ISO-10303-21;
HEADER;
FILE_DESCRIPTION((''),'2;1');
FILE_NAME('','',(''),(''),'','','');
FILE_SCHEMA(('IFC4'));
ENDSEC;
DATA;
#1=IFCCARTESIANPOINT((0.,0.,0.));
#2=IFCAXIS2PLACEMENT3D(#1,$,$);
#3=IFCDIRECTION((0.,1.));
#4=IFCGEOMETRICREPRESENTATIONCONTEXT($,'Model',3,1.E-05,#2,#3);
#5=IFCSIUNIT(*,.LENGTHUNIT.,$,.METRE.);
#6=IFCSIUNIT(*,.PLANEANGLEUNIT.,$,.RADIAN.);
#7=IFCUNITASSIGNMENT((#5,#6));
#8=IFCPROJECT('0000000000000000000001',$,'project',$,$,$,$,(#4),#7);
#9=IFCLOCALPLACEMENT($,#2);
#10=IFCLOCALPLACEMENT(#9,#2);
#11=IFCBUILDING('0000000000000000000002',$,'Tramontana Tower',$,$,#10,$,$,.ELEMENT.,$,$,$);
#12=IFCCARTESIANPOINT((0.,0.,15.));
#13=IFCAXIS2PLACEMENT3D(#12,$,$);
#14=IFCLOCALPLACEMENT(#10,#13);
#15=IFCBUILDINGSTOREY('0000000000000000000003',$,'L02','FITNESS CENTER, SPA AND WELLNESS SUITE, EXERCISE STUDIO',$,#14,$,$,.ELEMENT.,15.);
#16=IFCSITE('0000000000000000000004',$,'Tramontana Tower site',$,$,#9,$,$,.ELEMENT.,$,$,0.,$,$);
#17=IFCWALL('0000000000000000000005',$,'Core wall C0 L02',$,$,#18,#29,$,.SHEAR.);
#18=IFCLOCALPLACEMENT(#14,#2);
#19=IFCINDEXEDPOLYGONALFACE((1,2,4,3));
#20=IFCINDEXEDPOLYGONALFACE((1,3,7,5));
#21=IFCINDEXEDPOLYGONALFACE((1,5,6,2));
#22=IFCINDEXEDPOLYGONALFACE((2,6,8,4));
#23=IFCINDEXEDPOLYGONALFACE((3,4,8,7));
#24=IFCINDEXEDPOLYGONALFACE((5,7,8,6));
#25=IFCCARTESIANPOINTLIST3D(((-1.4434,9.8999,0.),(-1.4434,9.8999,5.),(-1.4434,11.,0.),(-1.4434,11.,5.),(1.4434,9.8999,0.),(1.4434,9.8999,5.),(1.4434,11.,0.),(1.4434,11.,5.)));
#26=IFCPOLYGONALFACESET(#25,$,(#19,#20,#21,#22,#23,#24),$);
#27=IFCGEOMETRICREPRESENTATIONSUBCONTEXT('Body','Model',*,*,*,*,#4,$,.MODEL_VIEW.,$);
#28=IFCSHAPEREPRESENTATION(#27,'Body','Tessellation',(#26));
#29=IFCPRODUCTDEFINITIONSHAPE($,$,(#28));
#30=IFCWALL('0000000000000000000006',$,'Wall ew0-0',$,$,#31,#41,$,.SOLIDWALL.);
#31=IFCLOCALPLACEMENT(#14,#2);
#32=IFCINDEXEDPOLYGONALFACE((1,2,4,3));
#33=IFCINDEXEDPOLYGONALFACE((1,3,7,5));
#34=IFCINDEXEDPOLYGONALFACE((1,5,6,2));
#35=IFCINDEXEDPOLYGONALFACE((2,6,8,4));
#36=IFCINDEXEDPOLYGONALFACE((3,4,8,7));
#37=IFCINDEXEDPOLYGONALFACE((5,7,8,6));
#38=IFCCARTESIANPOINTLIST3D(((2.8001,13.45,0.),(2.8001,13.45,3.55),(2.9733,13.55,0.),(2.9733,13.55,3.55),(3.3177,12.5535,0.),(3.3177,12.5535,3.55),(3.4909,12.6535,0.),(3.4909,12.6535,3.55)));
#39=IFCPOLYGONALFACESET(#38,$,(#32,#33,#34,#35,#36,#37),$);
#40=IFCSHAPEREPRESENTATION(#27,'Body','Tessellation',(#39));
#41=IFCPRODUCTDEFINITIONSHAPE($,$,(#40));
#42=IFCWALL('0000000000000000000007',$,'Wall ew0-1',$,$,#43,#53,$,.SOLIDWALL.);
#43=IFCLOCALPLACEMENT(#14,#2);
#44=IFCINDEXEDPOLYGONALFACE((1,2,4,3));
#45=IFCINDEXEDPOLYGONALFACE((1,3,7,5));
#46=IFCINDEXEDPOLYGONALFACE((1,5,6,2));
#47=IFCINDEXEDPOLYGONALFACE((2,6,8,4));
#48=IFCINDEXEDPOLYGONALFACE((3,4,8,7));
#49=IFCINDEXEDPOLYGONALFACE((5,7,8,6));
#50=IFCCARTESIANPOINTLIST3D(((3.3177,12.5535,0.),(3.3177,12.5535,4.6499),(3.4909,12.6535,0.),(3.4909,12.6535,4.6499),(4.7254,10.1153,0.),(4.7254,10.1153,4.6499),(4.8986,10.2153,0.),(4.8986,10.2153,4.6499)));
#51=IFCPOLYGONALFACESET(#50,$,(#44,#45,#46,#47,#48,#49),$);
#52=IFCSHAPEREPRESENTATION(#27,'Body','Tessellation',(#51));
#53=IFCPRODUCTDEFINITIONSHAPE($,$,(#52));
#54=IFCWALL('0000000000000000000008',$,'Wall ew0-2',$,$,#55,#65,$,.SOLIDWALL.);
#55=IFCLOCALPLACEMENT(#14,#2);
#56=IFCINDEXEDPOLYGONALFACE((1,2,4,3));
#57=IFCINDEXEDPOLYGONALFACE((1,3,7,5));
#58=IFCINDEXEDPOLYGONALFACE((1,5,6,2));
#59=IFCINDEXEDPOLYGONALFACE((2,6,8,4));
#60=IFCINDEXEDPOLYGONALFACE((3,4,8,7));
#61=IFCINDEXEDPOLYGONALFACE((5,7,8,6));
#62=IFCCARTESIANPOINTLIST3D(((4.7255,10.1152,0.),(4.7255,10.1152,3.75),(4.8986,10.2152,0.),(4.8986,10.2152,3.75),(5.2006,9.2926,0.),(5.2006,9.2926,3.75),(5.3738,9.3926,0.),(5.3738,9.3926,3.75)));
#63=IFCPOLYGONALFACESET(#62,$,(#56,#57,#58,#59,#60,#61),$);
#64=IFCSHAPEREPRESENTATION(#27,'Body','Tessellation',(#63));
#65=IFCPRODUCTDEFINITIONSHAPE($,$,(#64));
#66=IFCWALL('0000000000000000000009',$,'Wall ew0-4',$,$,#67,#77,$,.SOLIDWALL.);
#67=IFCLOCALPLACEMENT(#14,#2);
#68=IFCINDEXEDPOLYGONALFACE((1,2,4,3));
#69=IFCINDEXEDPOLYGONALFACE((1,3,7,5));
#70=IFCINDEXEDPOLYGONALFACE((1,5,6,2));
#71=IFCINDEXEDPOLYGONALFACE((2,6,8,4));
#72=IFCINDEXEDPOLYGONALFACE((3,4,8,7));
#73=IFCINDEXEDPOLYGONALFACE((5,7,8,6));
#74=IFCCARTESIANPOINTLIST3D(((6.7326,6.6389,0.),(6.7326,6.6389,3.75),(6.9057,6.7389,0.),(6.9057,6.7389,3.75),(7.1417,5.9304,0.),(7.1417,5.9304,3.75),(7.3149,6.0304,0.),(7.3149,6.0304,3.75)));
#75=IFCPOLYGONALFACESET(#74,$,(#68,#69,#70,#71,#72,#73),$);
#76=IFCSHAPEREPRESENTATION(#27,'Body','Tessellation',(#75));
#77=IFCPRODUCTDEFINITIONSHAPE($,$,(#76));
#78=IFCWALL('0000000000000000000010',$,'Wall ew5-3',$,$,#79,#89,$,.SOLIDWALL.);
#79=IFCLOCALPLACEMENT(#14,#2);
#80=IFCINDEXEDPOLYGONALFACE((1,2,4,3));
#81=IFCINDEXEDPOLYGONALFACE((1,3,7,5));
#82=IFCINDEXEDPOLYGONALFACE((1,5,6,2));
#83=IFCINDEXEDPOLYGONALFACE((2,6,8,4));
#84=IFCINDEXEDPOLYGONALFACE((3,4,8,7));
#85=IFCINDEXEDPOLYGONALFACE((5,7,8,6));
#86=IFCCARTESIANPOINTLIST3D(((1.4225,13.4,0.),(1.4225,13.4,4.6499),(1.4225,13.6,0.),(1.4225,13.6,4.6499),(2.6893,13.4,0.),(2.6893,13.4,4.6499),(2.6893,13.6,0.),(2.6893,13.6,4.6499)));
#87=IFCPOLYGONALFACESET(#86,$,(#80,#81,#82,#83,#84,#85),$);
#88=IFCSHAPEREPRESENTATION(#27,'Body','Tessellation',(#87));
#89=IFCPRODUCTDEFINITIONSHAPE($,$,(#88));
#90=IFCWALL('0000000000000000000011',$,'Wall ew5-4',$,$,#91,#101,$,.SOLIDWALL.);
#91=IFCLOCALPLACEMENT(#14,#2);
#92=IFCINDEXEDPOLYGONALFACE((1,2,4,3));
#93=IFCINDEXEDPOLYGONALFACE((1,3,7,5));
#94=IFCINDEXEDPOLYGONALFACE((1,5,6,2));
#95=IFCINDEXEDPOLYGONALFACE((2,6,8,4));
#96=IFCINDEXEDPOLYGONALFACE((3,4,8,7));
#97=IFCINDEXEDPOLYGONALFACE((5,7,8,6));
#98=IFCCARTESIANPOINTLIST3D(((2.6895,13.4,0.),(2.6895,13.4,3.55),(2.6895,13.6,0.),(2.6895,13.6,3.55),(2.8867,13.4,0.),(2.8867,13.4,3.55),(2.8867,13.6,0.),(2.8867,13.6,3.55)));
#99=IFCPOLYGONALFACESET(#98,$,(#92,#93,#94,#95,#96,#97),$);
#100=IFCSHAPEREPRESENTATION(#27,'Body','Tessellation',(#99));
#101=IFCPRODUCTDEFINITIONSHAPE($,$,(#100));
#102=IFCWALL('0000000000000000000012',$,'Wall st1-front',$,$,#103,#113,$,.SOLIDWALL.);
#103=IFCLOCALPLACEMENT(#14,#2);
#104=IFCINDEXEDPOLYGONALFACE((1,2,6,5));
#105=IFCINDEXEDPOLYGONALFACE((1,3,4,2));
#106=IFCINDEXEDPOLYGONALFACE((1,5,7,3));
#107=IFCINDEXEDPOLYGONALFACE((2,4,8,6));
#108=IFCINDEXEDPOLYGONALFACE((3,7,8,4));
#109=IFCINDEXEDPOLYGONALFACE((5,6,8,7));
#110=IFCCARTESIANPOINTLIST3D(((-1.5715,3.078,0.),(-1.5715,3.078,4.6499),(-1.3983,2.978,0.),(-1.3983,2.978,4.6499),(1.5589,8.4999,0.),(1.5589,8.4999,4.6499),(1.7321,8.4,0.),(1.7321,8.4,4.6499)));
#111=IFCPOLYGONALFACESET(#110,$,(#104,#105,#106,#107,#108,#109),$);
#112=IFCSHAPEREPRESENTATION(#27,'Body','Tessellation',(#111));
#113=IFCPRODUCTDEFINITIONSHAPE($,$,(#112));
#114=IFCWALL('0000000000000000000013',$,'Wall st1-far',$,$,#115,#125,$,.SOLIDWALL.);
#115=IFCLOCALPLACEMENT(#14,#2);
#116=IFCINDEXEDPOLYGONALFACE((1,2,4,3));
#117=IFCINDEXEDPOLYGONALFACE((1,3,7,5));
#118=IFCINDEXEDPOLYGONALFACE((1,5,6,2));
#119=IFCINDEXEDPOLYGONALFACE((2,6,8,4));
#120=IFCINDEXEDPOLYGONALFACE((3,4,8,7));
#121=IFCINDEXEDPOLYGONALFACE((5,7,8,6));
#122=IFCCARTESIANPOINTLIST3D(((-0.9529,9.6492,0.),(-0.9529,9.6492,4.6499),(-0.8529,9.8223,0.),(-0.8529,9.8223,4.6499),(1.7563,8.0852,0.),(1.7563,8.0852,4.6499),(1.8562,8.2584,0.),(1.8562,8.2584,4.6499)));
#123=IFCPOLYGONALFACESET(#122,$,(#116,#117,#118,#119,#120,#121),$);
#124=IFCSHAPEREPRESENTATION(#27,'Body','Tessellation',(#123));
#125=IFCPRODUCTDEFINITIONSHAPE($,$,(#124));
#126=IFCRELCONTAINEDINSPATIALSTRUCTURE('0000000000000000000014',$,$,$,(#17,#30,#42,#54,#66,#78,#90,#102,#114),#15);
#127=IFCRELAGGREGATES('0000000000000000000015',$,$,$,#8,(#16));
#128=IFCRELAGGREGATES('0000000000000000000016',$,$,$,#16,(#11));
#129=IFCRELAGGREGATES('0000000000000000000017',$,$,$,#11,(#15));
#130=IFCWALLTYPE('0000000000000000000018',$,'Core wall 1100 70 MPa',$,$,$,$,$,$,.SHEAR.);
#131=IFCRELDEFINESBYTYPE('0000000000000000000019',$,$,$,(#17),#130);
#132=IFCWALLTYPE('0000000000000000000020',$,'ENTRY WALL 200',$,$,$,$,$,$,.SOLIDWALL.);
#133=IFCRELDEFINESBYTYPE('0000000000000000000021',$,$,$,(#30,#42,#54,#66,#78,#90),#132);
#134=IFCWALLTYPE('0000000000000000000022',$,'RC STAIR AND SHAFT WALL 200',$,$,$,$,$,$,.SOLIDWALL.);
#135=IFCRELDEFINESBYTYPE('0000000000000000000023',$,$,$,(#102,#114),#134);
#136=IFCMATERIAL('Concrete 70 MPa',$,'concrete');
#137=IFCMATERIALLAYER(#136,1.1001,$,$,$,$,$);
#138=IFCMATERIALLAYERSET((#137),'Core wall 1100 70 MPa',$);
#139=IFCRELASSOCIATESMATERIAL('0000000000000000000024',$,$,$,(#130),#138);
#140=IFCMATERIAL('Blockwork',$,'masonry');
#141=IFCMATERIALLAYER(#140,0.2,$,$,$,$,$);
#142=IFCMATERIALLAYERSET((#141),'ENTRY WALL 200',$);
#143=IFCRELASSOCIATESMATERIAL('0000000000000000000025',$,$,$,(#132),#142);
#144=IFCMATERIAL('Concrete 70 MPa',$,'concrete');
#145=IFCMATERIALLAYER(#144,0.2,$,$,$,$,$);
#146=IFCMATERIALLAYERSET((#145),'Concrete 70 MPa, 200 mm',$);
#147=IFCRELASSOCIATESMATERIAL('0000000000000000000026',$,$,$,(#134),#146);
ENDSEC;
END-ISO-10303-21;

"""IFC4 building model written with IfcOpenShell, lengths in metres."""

from ifc_helpers import new_model, si_unit, direction, frame, frame_2d, origin, place, context, subcontext, project, spatial, rectangle, extrude, material, layer, layer_set, type_object, element, save


model = new_model("IFC4")

# Units and contexts
model_context = context("Model", 3, precision=1e-05, world=origin(), true_north=direction((0.0, 1.0)))
body_context = subcontext(model_context, "Body", "Model", "MODEL_VIEW")
ifc_project = project(units=[si_unit("LENGTHUNIT", "METRE"), si_unit("PLANEANGLEUNIT", "RADIAN")], contexts=[model_context])

# Site, building, storey
site_placement = place(None, origin())
site = spatial("IfcSite", under=ifc_project, at=site_placement, Name="Tramontana Tower site", CompositionType="ELEMENT", RefElevation=0.0)
building_placement = place(site_placement, origin())
building = spatial("IfcBuilding", under=site, at=building_placement, Name="Tramontana Tower", CompositionType="ELEMENT")
storey_placement = place(building_placement, frame((0.0, 0.0, 15.0)))
storey = spatial("IfcBuildingStorey", under=building, at=storey_placement, Name="L02", Description="FITNESS CENTER, SPA AND WELLNESS SUITE, EXERCISE STUDIO", CompositionType="ELEMENT", Elevation=15.0)

# Walls
ifc_material_1 = material(Name="Concrete 70 MPa", Category="concrete")
ifc_layer_1 = layer(ifc_material_1, 1.1001)
ifc_layer_set_1 = layer_set([ifc_layer_1], Name="Core wall 1100 70 MPa")
wall_type_1 = type_object("IfcWallType", Name="Core wall 1100 70 MPa", PredefinedType="SHEAR", material=ifc_layer_set_1)
wall_1_placement = place(storey_placement, frame((1.4434, 10.45, 0.0), z_axis=(0.0, 0.0, 1.0), x_axis=(-1.0, 0.0, 0.0)))
element("IfcWall", 1, at=wall_1_placement, inside=storey, type_object=wall_type_1, Name="Core wall C0 L02", PredefinedType="SHEAR", context=body_context, shape_type="SweptSolid", body=[
    extrude(rectangle(XDim=2.8867, YDim=1.1001, at=frame_2d((1.4434, 0.0))), origin(), (0.0, 0.0, 1.0), 5.0),
])
ifc_material_2 = material(Name="Blockwork", Category="masonry")
ifc_layer_2 = layer(ifc_material_2, 0.2)
ifc_layer_set_2 = layer_set([ifc_layer_2], Name="ENTRY WALL 200")
wall_type_2 = type_object("IfcWallType", Name="ENTRY WALL 200", PredefinedType="SOLIDWALL", material=ifc_layer_set_2)
wall_2_placement = place(storey_placement, frame((2.8867, 13.5, 0.0), z_axis=(0.0, 0.0, 1.0), x_axis=(0.499995, -0.866028, 0.0)))
element("IfcWall", 2, at=wall_2_placement, inside=storey, type_object=wall_type_2, Name="Wall ew0-0", PredefinedType="SOLIDWALL", context=body_context, shape_type="SweptSolid", body=[
    extrude(rectangle(XDim=1.0352, YDim=0.2, at=frame_2d((0.5176, 0.0))), origin(), (0.0, 0.0, 1.0), 3.55),
])
wall_3_placement = place(storey_placement, frame((3.4043, 12.6035, 0.0), z_axis=(0.0, 0.0, 1.0), x_axis=(0.5, -0.866025, 0.0)))
element("IfcWall", 3, at=wall_3_placement, inside=storey, type_object=wall_type_2, Name="Wall ew0-1", PredefinedType="SOLIDWALL", context=body_context, shape_type="SweptSolid", body=[
    extrude(rectangle(XDim=2.8154, YDim=0.2, at=frame_2d((1.4077, 0.0))), origin(), (0.0, 0.0, 1.0), 4.6499),
])
wall_4_placement = place(storey_placement, frame((4.812, 10.1653, 0.0), z_axis=(0.0, 0.0, 1.0), x_axis=(0.500175, -0.865924, 0.0)))
element("IfcWall", 4, at=wall_4_placement, inside=storey, type_object=wall_type_2, Name="Wall ew0-2", PredefinedType="SOLIDWALL", context=body_context, shape_type="SweptSolid", body=[
    extrude(rectangle(XDim=0.95, YDim=0.2, at=frame_2d((0.4751, 0.0))), origin(), (0.0, 0.0, 1.0), 3.75),
])

# Walls
wall_5_placement = place(storey_placement, frame((6.8191, 6.689, 0.0), z_axis=(0.0, 0.0, 1.0), x_axis=(0.500119, -0.865957, 0.0)))
element("IfcWall", 5, at=wall_5_placement, inside=storey, type_object=wall_type_2, Name="Wall ew0-4", PredefinedType="SOLIDWALL", context=body_context, shape_type="SweptSolid", body=[
    extrude(rectangle(XDim=0.8181, YDim=0.2, at=frame_2d((0.4092, 0.0))), origin(), (0.0, 0.0, 1.0), 3.75),
])
wall_6_placement = place(storey_placement, frame((1.4226, 13.5, 0.0), z_axis=(0.0, 0.0, 1.0), x_axis=(1.0, 0.0, 0.0)))
element("IfcWall", 6, at=wall_6_placement, inside=storey, type_object=wall_type_2, Name="Wall ew5-3", PredefinedType="SOLIDWALL", context=body_context, shape_type="SweptSolid", body=[
    extrude(rectangle(XDim=1.2668, YDim=0.2, at=frame_2d((0.6333, 0.0))), origin(), (0.0, 0.0, 1.0), 4.6499),
])
wall_7_placement = place(storey_placement, frame((2.6895, 13.5, 0.0), z_axis=(0.0, 0.0, 1.0), x_axis=(1.0, 0.0, 0.0)))
element("IfcWall", 7, at=wall_7_placement, inside=storey, type_object=wall_type_2, Name="Wall ew5-4", PredefinedType="SOLIDWALL", context=body_context, shape_type="SweptSolid", body=[
    extrude(rectangle(XDim=0.1973, YDim=0.2, at=frame_2d((0.0986, 0.0))), origin(), (0.0, 0.0, 1.0), 3.55),
])
ifc_material_3 = material(Name="Concrete 70 MPa", Category="concrete")
ifc_layer_3 = layer(ifc_material_3, 0.2)
ifc_layer_set_3 = layer_set([ifc_layer_3], Name="Concrete 70 MPa, 200 mm")
wall_type_3 = type_object("IfcWallType", Name="RC STAIR AND SHAFT WALL 200", PredefinedType="SOLIDWALL", material=ifc_layer_set_3)
wall_8_placement = place(storey_placement, frame((1.6455, 8.45, 0.0), z_axis=(0.0, 0.0, 1.0), x_axis=(-0.500006, -0.866022, 0.0)))
element("IfcWall", 8, at=wall_8_placement, inside=storey, type_object=wall_type_3, Name="Wall st1-front", PredefinedType="SOLIDWALL", context=body_context, shape_type="SweptSolid", body=[
    extrude(rectangle(XDim=6.2607, YDim=0.2, at=frame_2d((3.1304, 0.0))), origin(), (0.0, 0.0, 1.0), 4.6499),
])
wall_9_placement = place(storey_placement, frame((1.8062, 8.1719, 0.0), z_axis=(0.0, 0.0, 1.0), x_axis=(-0.866054, 0.49995, 0.0)))
element("IfcWall", 9, at=wall_9_placement, inside=storey, type_object=wall_type_3, Name="Wall st1-far", PredefinedType="SOLIDWALL", context=body_context, shape_type="SweptSolid", body=[
    extrude(rectangle(XDim=3.1282, YDim=0.2, at=frame_2d((1.564, 0.0))), origin(), (0.0, 0.0, 1.0), 4.6499),
])

save(model, "model.ifc")
